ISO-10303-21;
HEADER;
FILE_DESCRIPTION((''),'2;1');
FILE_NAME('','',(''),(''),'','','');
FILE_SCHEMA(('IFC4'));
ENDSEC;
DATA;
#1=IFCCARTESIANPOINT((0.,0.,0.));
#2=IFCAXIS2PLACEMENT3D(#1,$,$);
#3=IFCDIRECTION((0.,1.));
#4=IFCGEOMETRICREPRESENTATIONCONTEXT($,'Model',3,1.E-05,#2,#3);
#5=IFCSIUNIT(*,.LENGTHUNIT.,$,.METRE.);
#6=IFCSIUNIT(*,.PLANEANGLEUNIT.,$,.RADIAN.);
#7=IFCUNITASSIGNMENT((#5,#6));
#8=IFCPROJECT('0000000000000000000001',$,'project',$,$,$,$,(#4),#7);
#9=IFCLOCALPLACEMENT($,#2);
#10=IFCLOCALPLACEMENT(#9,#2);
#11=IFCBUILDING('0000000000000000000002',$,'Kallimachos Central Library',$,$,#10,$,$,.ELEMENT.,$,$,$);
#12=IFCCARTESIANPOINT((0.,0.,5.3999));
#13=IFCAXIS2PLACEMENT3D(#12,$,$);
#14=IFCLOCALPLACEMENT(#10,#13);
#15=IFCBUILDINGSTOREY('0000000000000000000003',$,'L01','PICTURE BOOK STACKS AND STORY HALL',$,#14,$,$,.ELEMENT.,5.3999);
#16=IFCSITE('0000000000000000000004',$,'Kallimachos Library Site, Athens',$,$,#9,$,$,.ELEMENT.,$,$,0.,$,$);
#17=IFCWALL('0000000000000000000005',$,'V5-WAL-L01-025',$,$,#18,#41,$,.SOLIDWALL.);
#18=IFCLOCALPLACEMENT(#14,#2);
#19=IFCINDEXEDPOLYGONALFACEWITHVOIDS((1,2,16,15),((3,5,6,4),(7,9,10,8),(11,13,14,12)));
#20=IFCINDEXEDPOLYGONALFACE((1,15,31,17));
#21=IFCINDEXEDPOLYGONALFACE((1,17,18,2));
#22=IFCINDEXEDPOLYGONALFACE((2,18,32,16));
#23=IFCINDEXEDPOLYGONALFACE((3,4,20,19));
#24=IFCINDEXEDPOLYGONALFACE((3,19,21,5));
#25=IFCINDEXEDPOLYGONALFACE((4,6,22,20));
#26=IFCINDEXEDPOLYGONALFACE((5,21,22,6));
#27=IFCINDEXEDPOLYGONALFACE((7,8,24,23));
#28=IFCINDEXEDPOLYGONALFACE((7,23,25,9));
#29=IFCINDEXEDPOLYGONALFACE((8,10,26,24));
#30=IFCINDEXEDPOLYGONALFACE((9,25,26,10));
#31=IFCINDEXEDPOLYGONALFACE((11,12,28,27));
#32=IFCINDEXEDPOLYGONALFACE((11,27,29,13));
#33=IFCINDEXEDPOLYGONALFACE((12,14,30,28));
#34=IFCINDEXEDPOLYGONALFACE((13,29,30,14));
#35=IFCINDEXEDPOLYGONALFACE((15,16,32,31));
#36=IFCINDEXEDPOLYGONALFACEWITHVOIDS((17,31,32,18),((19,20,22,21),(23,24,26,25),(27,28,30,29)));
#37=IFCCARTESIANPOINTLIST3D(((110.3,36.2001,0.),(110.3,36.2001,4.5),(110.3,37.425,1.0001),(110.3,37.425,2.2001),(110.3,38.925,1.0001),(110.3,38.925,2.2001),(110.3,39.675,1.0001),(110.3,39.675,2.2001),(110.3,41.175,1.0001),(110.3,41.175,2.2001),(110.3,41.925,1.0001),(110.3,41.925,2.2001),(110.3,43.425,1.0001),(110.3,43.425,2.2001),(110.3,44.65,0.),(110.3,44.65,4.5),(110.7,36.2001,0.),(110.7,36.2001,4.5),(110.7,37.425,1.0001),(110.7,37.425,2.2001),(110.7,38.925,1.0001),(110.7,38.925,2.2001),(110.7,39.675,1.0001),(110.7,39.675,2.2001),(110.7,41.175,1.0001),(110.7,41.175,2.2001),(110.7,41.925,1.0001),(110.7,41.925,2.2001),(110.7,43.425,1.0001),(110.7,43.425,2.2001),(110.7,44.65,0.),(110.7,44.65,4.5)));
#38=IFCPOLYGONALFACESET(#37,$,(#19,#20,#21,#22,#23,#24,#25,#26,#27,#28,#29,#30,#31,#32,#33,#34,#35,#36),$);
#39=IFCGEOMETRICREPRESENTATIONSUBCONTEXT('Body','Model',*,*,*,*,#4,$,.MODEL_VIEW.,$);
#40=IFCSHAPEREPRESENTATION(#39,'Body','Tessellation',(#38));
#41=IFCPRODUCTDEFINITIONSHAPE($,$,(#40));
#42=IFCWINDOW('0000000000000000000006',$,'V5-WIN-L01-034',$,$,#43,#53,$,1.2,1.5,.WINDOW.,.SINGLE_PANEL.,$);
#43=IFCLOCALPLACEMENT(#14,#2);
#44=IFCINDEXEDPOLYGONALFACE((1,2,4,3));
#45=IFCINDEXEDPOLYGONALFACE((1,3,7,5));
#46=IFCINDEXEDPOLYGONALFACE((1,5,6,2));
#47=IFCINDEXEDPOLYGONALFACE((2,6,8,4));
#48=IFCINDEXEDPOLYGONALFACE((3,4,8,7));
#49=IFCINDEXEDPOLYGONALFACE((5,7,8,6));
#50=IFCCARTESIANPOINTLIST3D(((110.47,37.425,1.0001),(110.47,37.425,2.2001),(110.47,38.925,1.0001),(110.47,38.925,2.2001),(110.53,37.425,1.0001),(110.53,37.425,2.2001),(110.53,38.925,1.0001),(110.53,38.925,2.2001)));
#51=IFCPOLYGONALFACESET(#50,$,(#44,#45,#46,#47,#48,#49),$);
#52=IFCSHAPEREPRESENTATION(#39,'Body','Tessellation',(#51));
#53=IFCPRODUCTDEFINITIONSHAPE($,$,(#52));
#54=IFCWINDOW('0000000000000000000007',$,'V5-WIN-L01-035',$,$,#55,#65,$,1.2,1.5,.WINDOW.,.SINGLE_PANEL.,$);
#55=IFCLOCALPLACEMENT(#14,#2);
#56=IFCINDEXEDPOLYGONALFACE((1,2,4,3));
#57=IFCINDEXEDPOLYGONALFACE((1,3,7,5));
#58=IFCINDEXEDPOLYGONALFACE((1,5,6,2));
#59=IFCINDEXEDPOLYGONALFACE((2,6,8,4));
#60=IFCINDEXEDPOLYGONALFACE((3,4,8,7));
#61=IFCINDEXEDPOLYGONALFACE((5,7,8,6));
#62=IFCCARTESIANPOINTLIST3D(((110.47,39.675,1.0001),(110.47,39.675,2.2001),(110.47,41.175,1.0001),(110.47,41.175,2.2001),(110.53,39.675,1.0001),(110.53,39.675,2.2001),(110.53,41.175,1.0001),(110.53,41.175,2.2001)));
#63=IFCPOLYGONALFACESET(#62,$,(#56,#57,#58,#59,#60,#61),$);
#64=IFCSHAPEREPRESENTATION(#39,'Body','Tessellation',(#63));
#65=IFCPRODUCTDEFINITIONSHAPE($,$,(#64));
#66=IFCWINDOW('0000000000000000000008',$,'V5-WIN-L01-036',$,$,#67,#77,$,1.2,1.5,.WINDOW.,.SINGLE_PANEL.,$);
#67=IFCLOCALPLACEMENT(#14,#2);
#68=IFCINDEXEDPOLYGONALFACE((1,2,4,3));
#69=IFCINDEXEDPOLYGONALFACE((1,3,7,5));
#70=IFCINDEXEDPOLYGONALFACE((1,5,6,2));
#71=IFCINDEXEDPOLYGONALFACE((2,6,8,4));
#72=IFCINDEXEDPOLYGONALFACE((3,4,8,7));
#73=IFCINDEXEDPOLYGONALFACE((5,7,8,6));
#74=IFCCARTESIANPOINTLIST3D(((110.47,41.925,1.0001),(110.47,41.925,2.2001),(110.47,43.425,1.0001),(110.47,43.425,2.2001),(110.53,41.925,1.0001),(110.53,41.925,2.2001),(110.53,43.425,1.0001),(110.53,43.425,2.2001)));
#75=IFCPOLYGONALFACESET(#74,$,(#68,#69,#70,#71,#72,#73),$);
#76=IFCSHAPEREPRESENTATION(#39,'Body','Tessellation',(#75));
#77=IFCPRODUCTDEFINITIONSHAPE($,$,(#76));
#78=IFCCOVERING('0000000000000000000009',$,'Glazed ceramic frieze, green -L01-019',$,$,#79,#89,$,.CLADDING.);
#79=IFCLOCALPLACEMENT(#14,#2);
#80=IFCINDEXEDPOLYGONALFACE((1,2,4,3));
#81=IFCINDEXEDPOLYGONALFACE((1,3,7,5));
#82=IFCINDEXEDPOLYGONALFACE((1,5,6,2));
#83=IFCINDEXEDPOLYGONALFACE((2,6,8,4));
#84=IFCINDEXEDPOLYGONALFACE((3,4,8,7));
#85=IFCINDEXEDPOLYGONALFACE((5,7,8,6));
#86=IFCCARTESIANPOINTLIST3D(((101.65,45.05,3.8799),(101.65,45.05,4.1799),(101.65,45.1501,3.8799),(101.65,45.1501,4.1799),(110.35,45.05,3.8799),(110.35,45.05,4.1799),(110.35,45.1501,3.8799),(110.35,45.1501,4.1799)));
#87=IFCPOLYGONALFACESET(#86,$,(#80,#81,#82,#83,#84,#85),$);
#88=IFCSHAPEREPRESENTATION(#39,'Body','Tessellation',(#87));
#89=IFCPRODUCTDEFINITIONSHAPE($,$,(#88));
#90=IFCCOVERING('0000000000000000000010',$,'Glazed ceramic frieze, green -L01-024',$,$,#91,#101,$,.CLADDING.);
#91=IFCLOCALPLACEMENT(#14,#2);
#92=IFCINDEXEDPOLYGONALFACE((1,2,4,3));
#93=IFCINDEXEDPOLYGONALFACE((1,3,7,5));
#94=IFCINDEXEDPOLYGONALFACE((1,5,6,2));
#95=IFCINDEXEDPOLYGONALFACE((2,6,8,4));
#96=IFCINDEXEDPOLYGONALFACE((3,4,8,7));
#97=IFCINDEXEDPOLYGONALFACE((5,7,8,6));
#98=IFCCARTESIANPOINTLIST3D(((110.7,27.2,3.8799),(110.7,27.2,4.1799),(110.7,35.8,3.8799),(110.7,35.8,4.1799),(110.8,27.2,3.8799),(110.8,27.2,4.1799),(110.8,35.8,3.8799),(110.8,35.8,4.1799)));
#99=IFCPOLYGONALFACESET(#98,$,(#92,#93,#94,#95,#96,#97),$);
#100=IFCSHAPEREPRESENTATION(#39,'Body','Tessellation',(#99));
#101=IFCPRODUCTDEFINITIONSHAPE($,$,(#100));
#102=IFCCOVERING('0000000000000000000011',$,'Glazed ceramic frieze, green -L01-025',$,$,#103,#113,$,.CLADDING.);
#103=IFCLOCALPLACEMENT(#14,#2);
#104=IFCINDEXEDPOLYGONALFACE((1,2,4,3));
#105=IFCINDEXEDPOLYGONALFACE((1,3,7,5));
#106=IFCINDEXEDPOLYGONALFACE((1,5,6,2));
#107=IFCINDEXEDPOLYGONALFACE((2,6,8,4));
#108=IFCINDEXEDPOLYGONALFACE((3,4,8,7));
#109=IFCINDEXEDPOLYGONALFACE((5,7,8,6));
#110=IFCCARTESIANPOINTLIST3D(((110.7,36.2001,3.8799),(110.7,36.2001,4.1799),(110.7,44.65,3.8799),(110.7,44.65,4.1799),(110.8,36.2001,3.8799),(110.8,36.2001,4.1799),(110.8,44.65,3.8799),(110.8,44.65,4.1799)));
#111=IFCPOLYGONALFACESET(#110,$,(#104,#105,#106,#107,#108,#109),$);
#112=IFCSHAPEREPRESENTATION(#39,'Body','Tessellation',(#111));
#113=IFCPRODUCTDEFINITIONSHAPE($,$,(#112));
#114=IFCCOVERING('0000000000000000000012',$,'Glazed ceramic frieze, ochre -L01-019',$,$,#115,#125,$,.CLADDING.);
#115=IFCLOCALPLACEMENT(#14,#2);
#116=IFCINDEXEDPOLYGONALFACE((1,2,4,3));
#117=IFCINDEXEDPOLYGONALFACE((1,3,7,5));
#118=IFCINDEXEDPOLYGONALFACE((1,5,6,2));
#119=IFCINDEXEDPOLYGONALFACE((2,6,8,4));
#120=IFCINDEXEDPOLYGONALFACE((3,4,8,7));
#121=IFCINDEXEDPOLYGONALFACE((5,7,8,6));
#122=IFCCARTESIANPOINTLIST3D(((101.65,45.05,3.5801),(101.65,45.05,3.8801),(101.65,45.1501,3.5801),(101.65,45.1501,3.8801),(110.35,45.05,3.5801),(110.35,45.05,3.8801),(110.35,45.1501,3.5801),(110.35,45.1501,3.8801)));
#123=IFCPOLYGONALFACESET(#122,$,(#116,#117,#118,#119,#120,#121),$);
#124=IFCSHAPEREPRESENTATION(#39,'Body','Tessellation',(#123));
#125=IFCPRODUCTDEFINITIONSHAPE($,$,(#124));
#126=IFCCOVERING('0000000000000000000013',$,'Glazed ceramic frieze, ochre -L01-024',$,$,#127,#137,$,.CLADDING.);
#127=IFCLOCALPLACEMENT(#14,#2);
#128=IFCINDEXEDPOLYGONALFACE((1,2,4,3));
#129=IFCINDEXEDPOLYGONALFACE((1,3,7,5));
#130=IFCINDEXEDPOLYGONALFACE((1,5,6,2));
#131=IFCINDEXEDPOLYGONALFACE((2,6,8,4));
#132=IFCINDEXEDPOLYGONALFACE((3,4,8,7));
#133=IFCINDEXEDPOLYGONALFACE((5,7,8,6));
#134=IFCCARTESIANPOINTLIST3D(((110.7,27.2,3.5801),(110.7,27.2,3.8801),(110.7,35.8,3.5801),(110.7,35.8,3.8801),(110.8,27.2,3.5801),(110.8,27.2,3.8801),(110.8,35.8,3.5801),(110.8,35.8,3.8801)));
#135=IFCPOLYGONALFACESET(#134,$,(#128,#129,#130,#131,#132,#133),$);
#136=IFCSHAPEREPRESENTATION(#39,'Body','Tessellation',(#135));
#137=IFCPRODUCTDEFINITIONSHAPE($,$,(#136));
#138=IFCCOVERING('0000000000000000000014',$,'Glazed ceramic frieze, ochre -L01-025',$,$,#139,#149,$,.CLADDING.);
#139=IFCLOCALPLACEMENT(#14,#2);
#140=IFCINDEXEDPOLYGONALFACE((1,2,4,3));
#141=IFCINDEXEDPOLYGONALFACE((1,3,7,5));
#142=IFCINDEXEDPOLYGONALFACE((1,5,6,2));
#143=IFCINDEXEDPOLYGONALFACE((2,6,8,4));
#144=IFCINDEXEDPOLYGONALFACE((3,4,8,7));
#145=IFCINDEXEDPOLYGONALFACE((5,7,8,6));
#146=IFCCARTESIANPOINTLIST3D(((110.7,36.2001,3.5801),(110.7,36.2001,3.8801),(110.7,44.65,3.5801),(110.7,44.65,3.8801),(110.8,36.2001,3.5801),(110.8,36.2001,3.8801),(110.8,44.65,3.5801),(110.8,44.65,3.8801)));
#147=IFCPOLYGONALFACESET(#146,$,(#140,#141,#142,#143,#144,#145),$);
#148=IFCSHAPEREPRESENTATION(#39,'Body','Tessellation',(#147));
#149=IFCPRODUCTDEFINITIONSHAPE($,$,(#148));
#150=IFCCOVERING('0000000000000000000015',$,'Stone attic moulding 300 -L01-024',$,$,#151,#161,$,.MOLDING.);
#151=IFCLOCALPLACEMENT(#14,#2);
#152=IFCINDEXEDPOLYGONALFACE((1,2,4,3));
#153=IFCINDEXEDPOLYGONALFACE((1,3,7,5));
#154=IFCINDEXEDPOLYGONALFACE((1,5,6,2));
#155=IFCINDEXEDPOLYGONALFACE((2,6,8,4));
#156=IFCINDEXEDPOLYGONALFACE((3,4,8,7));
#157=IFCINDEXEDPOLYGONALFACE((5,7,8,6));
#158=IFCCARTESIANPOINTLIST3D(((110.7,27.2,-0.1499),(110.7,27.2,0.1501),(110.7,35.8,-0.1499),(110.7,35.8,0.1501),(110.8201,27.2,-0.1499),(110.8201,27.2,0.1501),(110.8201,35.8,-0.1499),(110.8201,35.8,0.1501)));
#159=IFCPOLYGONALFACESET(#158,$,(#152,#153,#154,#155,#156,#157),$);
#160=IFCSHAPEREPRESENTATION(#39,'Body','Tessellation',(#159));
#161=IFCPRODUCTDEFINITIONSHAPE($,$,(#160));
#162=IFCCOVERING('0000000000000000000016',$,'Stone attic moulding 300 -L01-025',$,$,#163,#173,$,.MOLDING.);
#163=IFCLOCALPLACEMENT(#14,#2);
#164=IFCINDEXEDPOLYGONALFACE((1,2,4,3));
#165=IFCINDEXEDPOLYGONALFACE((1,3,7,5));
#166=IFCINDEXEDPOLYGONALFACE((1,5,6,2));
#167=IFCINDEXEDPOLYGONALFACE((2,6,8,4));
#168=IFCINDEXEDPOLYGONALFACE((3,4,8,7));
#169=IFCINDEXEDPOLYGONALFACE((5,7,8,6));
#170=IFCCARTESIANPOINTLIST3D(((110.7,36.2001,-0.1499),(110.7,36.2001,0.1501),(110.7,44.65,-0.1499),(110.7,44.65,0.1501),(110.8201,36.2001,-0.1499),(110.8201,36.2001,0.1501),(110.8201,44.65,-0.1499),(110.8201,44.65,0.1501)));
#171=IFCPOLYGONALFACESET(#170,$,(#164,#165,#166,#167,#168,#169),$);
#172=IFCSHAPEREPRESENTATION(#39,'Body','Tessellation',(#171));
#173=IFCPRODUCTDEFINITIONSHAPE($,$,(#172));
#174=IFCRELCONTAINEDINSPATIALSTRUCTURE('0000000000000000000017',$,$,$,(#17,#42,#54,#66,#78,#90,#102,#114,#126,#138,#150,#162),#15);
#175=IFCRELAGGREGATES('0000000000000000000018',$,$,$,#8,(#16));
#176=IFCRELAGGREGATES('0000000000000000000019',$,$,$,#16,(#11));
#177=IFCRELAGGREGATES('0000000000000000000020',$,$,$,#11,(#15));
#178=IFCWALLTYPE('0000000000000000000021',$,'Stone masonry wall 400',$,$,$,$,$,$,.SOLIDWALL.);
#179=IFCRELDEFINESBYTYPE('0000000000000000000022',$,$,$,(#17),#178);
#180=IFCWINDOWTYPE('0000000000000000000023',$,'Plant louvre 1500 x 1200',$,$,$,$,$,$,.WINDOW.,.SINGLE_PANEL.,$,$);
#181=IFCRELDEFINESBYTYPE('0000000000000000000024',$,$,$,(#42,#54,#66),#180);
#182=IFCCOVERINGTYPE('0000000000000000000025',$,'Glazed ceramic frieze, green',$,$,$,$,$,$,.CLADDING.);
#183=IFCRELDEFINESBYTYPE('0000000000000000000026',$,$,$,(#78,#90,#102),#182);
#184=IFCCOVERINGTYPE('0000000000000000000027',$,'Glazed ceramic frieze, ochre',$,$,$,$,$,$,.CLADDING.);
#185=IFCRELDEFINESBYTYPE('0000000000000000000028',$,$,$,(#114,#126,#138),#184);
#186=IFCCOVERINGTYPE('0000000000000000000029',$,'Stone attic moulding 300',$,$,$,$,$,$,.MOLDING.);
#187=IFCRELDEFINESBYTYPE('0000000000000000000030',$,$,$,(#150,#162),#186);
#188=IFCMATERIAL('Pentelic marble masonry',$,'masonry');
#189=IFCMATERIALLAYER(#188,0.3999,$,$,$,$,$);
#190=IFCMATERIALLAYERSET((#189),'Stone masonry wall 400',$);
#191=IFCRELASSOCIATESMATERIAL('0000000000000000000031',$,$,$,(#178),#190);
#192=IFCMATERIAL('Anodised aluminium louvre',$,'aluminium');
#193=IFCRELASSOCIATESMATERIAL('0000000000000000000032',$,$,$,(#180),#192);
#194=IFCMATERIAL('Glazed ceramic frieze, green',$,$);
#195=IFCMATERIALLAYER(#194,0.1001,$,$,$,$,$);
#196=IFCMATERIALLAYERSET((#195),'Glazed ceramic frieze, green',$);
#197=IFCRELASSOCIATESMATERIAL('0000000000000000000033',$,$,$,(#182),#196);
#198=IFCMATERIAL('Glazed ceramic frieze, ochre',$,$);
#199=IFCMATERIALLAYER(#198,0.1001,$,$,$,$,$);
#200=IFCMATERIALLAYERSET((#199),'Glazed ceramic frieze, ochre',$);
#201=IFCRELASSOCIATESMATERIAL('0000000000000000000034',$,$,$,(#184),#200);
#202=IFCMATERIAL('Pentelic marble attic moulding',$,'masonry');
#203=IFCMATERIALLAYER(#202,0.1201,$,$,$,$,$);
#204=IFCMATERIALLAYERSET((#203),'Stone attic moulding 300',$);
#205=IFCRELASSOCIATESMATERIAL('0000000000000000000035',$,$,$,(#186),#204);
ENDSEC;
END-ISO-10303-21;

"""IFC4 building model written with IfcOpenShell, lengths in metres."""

from ifc_helpers import new_model, si_unit, direction, frame, frame_2d, origin, origin_2d, place, context, subcontext, project, spatial, rectangle, extrude, material, layer, layer_set, type_object, element, fill, save


model = new_model("IFC4")

# Units and contexts
model_context = context("Model", 3, precision=1e-05, world=origin(), true_north=direction((0.0, 1.0)))
body_context = subcontext(model_context, "Body", "Model", "MODEL_VIEW")
ifc_project = project(units=[si_unit("LENGTHUNIT", "METRE"), si_unit("PLANEANGLEUNIT", "RADIAN")], contexts=[model_context])

# Site, building, storey
site_placement = place(None, origin())
site = spatial("IfcSite", under=ifc_project, at=site_placement, Name="Kallimachos Library Site, Athens", CompositionType="ELEMENT", RefElevation=0.0)
building_placement = place(site_placement, origin())
building = spatial("IfcBuilding", under=site, at=building_placement, Name="Kallimachos Central Library", CompositionType="ELEMENT")
storey_placement = place(building_placement, frame((0.0, 0.0, 5.3999)))
storey = spatial("IfcBuildingStorey", under=building, at=storey_placement, Name="L01", Description="PICTURE BOOK STACKS AND STORY HALL", CompositionType="ELEMENT", Elevation=5.3999)

# Shared definitions
ifc_material_1 = material(Name="Pentelic marble masonry", Category="masonry")
ifc_layer_1 = layer(ifc_material_1, 0.3999)
ifc_layer_set_1 = layer_set([ifc_layer_1], Name="Stone masonry wall 400")
wall_type = type_object("IfcWallType", Name="Stone masonry wall 400", PredefinedType="SOLIDWALL", material=ifc_layer_set_1)
ifc_material_2 = material(Name="Anodised aluminium louvre", Category="aluminium")
window_type = type_object("IfcWindowType", Name="Plant louvre 1500 x 1200", PartitioningType="SINGLE_PANEL", PredefinedType="WINDOW", material=ifc_material_2)

# Wall, openings, windows
wall_1_placement = place(storey_placement, frame((110.5, 36.2, 0.0), z_axis=(0.0, 0.0, 1.0), x_axis=(0.0, 1.0, 0.0)))
wall_1 = element("IfcWall", 1, at=wall_1_placement, inside=storey, type_object=wall_type, Name="V5-WAL-L01-025", PredefinedType="SOLIDWALL", context=body_context, shape_type="SweptSolid", body=[
    extrude(rectangle(XDim=8.45, YDim=0.3999, at=frame_2d((4.2251, 0.0))), origin(), (0.0, 0.0, 1.0), 4.5),
])
opening_1_placement = place(wall_1_placement, frame((1.2251, 0.0, 1.0)))
opening_1 = element("IfcOpeningElement", 2, at=opening_1_placement, cuts=wall_1, PredefinedType="OPENING", context=body_context, shape_type="SweptSolid", body=[
    extrude(rectangle(XDim=1.5, YDim=1.2, at=frame_2d((0.75, 0.6001))), frame((0.0, 0.21, 0.0), z_axis=(0.0, -1.0, 0.0), x_axis=(1.0, 0.0, 0.0)), (0.0, 0.0, 1.0), 0.4199),
])
opening_2_placement = place(wall_1_placement, frame((3.4751, 0.0, 1.0)))
opening_2 = element("IfcOpeningElement", 3, at=opening_2_placement, cuts=wall_1, PredefinedType="OPENING", context=body_context, shape_type="SweptSolid", body=[
    extrude(rectangle(XDim=1.5, YDim=1.2, at=frame_2d((0.75, 0.6001))), frame((0.0, 0.21, 0.0), z_axis=(0.0, -1.0, 0.0), x_axis=(1.0, 0.0, 0.0)), (0.0, 0.0, 1.0), 0.4199),
])
opening_3_placement = place(wall_1_placement, frame((5.7251, 0.0, 1.0)))
opening_3 = element("IfcOpeningElement", 4, at=opening_3_placement, cuts=wall_1, PredefinedType="OPENING", context=body_context, shape_type="SweptSolid", body=[
    extrude(rectangle(XDim=1.5, YDim=1.2, at=frame_2d((0.75, 0.6001))), frame((0.0, 0.21, 0.0), z_axis=(0.0, -1.0, 0.0), x_axis=(1.0, 0.0, 0.0)), (0.0, 0.0, 1.0), 0.4199),
])
window_1_placement = place(opening_1_placement, origin())
window_1 = element("IfcWindow", 5, at=window_1_placement, inside=storey, type_object=window_type, Name="V5-WIN-L01-034", OverallHeight=1.2, OverallWidth=1.5, PartitioningType="SINGLE_PANEL", PredefinedType="WINDOW", context=body_context, shape_type="SweptSolid", body=[
    extrude(rectangle(XDim=1.5, YDim=1.2, at=frame_2d((0.75, 0.6001))), frame((0.0, 0.03, 0.0), z_axis=(0.0, -1.0, 0.0), x_axis=(1.0, 0.0, 0.0)), (0.0, 0.0, 1.0), 0.0601),
])
fill(opening_1, window_1)
window_2_placement = place(opening_2_placement, origin())
window_2 = element("IfcWindow", 6, at=window_2_placement, inside=storey, type_object=window_type, Name="V5-WIN-L01-035", OverallHeight=1.2, OverallWidth=1.5, PartitioningType="SINGLE_PANEL", PredefinedType="WINDOW", context=body_context, shape_type="SweptSolid", body=[
    extrude(rectangle(XDim=1.5, YDim=1.2, at=frame_2d((0.75, 0.6001))), frame((0.0, 0.03, 0.0), z_axis=(0.0, -1.0, 0.0), x_axis=(1.0, 0.0, 0.0)), (0.0, 0.0, 1.0), 0.0601),
])
fill(opening_2, window_2)
window_3_placement = place(opening_3_placement, origin())
window_3 = element("IfcWindow", 7, at=window_3_placement, inside=storey, type_object=window_type, Name="V5-WIN-L01-036", OverallHeight=1.2, OverallWidth=1.5, PartitioningType="SINGLE_PANEL", PredefinedType="WINDOW", context=body_context, shape_type="SweptSolid", body=[
    extrude(rectangle(XDim=1.5, YDim=1.2, at=frame_2d((0.75, 0.6001))), frame((0.0, 0.03, 0.0), z_axis=(0.0, -1.0, 0.0), x_axis=(1.0, 0.0, 0.0)), (0.0, 0.0, 1.0), 0.0601),
])
fill(opening_3, window_3)

# Coverings
ifc_material_3 = material(Name="Glazed ceramic frieze, green")
ifc_layer_2 = layer(ifc_material_3, 0.1001)
ifc_layer_set_2 = layer_set([ifc_layer_2], Name="Glazed ceramic frieze, green")
covering_type_1 = type_object("IfcCoveringType", Name="Glazed ceramic frieze, green", PredefinedType="CLADDING", material=ifc_layer_set_2)
covering_1_placement = place(storey_placement, frame((106.0, 45.1001, 3.8799), z_axis=(0.0, 0.0, 1.0), x_axis=(1.0, 0.0, 0.0)))
element("IfcCovering", 8, at=covering_1_placement, inside=storey, type_object=covering_type_1, Name="Glazed ceramic frieze, green -L01-019", PredefinedType="CLADDING", context=body_context, shape_type="SweptSolid", body=[
    extrude(rectangle(XDim=8.7, YDim=0.1001, at=origin_2d()), origin(), (0.0, 0.0, 1.0), 0.3),
])
covering_2_placement = place(storey_placement, frame((110.75, 31.5, 3.8799), z_axis=(0.0, 0.0, 1.0), x_axis=(1.0, 0.0, 0.0)))
element("IfcCovering", 9, at=covering_2_placement, inside=storey, type_object=covering_type_1, Name="Glazed ceramic frieze, green -L01-024", PredefinedType="CLADDING", context=body_context, shape_type="SweptSolid", body=[
    extrude(rectangle(XDim=0.1001, YDim=8.6001, at=origin_2d()), origin(), (0.0, 0.0, 1.0), 0.3),
])
covering_3_placement = place(storey_placement, frame((110.75, 40.425, 3.8799), z_axis=(0.0, 0.0, 1.0), x_axis=(1.0, 0.0, 0.0)))
element("IfcCovering", 10, at=covering_3_placement, inside=storey, type_object=covering_type_1, Name="Glazed ceramic frieze, green -L01-025", PredefinedType="CLADDING", context=body_context, shape_type="SweptSolid", body=[
    extrude(rectangle(XDim=0.1001, YDim=8.45, at=origin_2d()), origin(), (0.0, 0.0, 1.0), 0.3),
])
ifc_material_4 = material(Name="Glazed ceramic frieze, ochre")
ifc_layer_3 = layer(ifc_material_4, 0.1001)
ifc_layer_set_3 = layer_set([ifc_layer_3], Name="Glazed ceramic frieze, ochre")
covering_type_2 = type_object("IfcCoveringType", Name="Glazed ceramic frieze, ochre", PredefinedType="CLADDING", material=ifc_layer_set_3)
covering_4_placement = place(storey_placement, frame((106.0, 45.1001, 3.5801), z_axis=(0.0, 0.0, 1.0), x_axis=(1.0, 0.0, 0.0)))
element("IfcCovering", 11, at=covering_4_placement, inside=storey, type_object=covering_type_2, Name="Glazed ceramic frieze, ochre -L01-019", PredefinedType="CLADDING", context=body_context, shape_type="SweptSolid", body=[
    extrude(rectangle(XDim=8.7, YDim=0.1001, at=origin_2d()), origin(), (0.0, 0.0, 1.0), 0.3),
])
covering_5_placement = place(storey_placement, frame((110.75, 31.5, 3.5801), z_axis=(0.0, 0.0, 1.0), x_axis=(1.0, 0.0, 0.0)))
element("IfcCovering", 12, at=covering_5_placement, inside=storey, type_object=covering_type_2, Name="Glazed ceramic frieze, ochre -L01-024", PredefinedType="CLADDING", context=body_context, shape_type="SweptSolid", body=[
    extrude(rectangle(XDim=0.1001, YDim=8.6001, at=origin_2d()), origin(), (0.0, 0.0, 1.0), 0.3),
])
covering_6_placement = place(storey_placement, frame((110.75, 40.425, 3.5801), z_axis=(0.0, 0.0, 1.0), x_axis=(1.0, 0.0, 0.0)))
element("IfcCovering", 13, at=covering_6_placement, inside=storey, type_object=covering_type_2, Name="Glazed ceramic frieze, ochre -L01-025", PredefinedType="CLADDING", context=body_context, shape_type="SweptSolid", body=[
    extrude(rectangle(XDim=0.1001, YDim=8.45, at=origin_2d()), origin(), (0.0, 0.0, 1.0), 0.3),
])
ifc_material_5 = material(Name="Pentelic marble attic moulding", Category="masonry")
ifc_layer_4 = layer(ifc_material_5, 0.1201)
ifc_layer_set_4 = layer_set([ifc_layer_4], Name="Stone attic moulding 300")
covering_type_3 = type_object("IfcCoveringType", Name="Stone attic moulding 300", PredefinedType="MOLDING", material=ifc_layer_set_4)
covering_7_placement = place(storey_placement, frame((110.76, 31.5, -0.1499), z_axis=(0.0, 0.0, 1.0), x_axis=(1.0, 0.0, 0.0)))
element("IfcCovering", 14, at=covering_7_placement, inside=storey, type_object=covering_type_3, Name="Stone attic moulding 300 -L01-024", PredefinedType="MOLDING", context=body_context, shape_type="SweptSolid", body=[
    extrude(rectangle(XDim=0.1201, YDim=8.6001, at=origin_2d()), origin(), (0.0, 0.0, 1.0), 0.3),
])
covering_8_placement = place(storey_placement, frame((110.76, 40.425, -0.1499), z_axis=(0.0, 0.0, 1.0), x_axis=(1.0, 0.0, 0.0)))
element("IfcCovering", 15, at=covering_8_placement, inside=storey, type_object=covering_type_3, Name="Stone attic moulding 300 -L01-025", PredefinedType="MOLDING", context=body_context, shape_type="SweptSolid", body=[
    extrude(rectangle(XDim=0.1201, YDim=8.45, at=origin_2d()), origin(), (0.0, 0.0, 1.0), 0.3),
])

save(model, "model.ifc")
